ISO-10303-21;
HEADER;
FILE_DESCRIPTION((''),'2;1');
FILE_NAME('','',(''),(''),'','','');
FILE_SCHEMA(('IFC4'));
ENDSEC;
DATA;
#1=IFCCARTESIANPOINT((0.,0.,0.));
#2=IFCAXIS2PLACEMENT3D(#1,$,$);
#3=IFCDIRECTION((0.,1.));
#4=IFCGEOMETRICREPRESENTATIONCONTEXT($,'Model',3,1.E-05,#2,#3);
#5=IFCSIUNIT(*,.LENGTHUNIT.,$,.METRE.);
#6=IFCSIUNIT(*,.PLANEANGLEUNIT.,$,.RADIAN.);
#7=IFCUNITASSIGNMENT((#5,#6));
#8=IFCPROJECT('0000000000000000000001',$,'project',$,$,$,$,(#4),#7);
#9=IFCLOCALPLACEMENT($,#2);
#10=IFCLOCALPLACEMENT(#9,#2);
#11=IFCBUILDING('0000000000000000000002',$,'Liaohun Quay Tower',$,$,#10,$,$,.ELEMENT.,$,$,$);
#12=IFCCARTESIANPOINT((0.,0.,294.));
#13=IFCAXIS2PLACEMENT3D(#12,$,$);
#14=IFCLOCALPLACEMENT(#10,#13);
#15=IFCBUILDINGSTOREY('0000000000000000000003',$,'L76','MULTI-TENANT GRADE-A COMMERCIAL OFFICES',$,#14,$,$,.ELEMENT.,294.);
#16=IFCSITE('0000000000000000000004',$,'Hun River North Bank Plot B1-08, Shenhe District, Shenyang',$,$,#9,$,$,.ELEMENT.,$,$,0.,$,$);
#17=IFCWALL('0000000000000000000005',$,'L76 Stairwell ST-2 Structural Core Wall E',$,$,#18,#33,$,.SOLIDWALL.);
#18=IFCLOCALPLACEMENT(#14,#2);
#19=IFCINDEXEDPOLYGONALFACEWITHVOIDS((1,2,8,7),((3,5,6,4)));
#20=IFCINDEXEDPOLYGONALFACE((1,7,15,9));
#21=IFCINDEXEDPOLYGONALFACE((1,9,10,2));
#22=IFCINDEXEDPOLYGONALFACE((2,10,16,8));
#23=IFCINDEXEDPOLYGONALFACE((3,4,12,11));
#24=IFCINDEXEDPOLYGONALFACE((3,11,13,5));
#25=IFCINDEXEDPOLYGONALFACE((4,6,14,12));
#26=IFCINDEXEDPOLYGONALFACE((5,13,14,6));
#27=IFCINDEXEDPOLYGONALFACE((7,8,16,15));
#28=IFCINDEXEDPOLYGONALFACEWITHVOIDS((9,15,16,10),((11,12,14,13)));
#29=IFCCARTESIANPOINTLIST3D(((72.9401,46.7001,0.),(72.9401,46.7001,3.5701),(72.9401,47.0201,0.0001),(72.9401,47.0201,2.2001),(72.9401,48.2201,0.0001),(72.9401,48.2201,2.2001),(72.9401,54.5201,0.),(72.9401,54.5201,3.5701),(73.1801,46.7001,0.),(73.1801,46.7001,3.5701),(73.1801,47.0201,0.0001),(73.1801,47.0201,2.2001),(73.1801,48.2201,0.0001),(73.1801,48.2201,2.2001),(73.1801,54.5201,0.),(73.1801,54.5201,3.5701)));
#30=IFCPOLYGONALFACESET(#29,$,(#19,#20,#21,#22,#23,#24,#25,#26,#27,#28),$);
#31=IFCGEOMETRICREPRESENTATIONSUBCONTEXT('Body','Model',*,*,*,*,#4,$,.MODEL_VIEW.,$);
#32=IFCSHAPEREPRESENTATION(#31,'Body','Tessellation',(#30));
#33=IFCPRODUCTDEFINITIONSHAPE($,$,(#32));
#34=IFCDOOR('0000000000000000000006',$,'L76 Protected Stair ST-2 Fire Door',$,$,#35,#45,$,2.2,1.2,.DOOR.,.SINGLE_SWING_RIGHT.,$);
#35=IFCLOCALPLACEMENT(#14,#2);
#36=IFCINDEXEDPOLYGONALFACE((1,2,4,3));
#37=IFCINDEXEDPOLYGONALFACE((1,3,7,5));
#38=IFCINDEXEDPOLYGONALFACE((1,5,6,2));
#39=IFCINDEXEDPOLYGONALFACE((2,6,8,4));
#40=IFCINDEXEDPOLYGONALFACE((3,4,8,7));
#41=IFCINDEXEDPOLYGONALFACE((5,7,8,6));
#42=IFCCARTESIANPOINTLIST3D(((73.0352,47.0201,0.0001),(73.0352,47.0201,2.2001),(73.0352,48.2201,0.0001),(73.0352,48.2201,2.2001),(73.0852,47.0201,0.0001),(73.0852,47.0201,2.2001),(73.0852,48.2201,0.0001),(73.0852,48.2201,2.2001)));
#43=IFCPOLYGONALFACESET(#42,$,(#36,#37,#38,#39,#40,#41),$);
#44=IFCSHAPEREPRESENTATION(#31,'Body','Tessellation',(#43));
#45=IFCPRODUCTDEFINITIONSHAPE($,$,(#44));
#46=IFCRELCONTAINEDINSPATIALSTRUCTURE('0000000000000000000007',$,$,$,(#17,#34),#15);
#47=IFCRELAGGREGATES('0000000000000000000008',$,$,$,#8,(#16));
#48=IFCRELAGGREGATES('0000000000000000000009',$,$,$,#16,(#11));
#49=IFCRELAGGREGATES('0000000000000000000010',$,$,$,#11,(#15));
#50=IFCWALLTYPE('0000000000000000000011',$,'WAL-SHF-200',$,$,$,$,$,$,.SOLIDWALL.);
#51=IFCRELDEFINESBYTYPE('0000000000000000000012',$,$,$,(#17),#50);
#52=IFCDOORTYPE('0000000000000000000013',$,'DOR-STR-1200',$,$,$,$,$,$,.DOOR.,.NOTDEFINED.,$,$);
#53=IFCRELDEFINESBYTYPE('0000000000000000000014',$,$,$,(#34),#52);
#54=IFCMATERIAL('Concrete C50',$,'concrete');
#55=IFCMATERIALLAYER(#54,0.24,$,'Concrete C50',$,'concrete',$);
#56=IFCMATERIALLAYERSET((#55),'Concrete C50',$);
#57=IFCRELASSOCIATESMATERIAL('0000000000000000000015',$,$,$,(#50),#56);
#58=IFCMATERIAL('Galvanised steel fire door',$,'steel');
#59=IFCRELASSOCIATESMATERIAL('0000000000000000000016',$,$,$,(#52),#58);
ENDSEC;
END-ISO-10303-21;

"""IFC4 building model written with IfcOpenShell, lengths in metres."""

from ifc_helpers import new_model, si_unit, direction, frame, frame_2d, origin, place, context, subcontext, project, spatial, rectangle, extrude, source, transform, mapped, material, layer, layer_set, type_object, element, fill, save


model = new_model("IFC4")

# Units and contexts
model_context = context("Model", 3, precision=1e-05, world=origin(), true_north=direction((0.0, 1.0)))
body_context = subcontext(model_context, "Body", "Model", "MODEL_VIEW")
ifc_project = project(units=[si_unit("LENGTHUNIT", "METRE"), si_unit("PLANEANGLEUNIT", "RADIAN")], contexts=[model_context])

# Site, building, storey
site_placement = place(None, origin())
site = spatial("IfcSite", under=ifc_project, at=site_placement, Name="Hun River North Bank Plot B1-08, Shenhe District, Shenyang", CompositionType="ELEMENT", RefElevation=0.0)
building_placement = place(site_placement, origin())
building = spatial("IfcBuilding", under=site, at=building_placement, Name="Liaohun Quay Tower", CompositionType="ELEMENT")
storey_placement = place(building_placement, frame((0.0, 0.0, 294.0)))
storey = spatial("IfcBuildingStorey", under=building, at=storey_placement, Name="L76", Description="MULTI-TENANT GRADE-A COMMERCIAL OFFICES", CompositionType="ELEMENT", Elevation=294.0)

# Shared definitions
ifc_material_1 = material(Name="Concrete C50", Category="concrete")

# Shared definitions
ifc_layer_1 = layer(ifc_material_1, 0.24, Name="Concrete C50", Category="concrete")
ifc_layer_set_1 = layer_set([ifc_layer_1], Name="Concrete C50")
wall_type_1 = type_object("IfcWallType", Name="WAL-SHF-200", PredefinedType="SOLIDWALL", material=ifc_layer_set_1)

# Wall, opening, door
wall_1_placement = place(storey_placement, frame((73.0601, 46.7, 0.0), z_axis=(0.0, 0.0, 1.0), x_axis=(0.0, 1.0, 0.0)))
wall_1 = element("IfcWall", 1, at=wall_1_placement, inside=storey, type_object=wall_type_1, Name="L76 Stairwell ST-2 Structural Core Wall E", PredefinedType="SOLIDWALL", context=body_context, shape_type="SweptSolid", body=[
    extrude(rectangle(XDim=7.8201, YDim=0.24, at=frame_2d((3.9102, 0.0))), origin(), (0.0, 0.0, 1.0), 3.5701),
])
shared_shape_1 = source(origin(), body_context, "Body", "SweptSolid", [
    extrude(rectangle(XDim=1.2, YDim=2.2, at=frame_2d((0.6001, 1.1001))), frame((0.0, 0.1299, 0.0), z_axis=(0.0, -1.0, 0.0), x_axis=(1.0, 0.0, 0.0)), (0.0, 0.0, 1.0), 0.26),
])
opening_1_placement = place(wall_1_placement, frame((0.3201, 0.0, 0.0)))
opening_1 = element("IfcOpeningElement", 2, at=opening_1_placement, cuts=wall_1, PredefinedType="OPENING", context=body_context, shape_type="MappedRepresentation", body=[
    mapped(shared_shape_1, transform((0.0, 0.0, 0.0), x_axis=(1.0, 0.0, 0.0), y_axis=(0.0, 1.0, 0.0), z_axis=(0.0, 0.0, 1.0), scale=1.0)),
])
ifc_material_2 = material(Name="Galvanised steel fire door", Category="steel")
door_type_1 = type_object("IfcDoorType", Name="DOR-STR-1200", OperationType="NOTDEFINED", PredefinedType="DOOR", material=ifc_material_2)
shared_shape_2 = source(origin(), body_context, "Body", "SweptSolid", [
    extrude(rectangle(XDim=1.2, YDim=2.2, at=frame_2d((0.6001, 1.1001))), frame((0.0, 0.0249, 0.0), z_axis=(0.0, -1.0, 0.0), x_axis=(1.0, 0.0, 0.0)), (0.0, 0.0, 1.0), 0.05),
])
door_1_placement = place(opening_1_placement, origin())
door_1 = element("IfcDoor", 3, at=door_1_placement, inside=storey, type_object=door_type_1, Name="L76 Protected Stair ST-2 Fire Door", OperationType="SINGLE_SWING_RIGHT", OverallHeight=2.2, OverallWidth=1.2, PredefinedType="DOOR", context=body_context, shape_type="MappedRepresentation", body=[
    mapped(shared_shape_2, transform((0.0, 0.0, 0.0), x_axis=(1.0, 0.0, 0.0), y_axis=(0.0, 1.0, 0.0), z_axis=(0.0, 0.0, 1.0), scale=1.0)),
])
fill(opening_1, door_1)

save(model, "model.ifc")
